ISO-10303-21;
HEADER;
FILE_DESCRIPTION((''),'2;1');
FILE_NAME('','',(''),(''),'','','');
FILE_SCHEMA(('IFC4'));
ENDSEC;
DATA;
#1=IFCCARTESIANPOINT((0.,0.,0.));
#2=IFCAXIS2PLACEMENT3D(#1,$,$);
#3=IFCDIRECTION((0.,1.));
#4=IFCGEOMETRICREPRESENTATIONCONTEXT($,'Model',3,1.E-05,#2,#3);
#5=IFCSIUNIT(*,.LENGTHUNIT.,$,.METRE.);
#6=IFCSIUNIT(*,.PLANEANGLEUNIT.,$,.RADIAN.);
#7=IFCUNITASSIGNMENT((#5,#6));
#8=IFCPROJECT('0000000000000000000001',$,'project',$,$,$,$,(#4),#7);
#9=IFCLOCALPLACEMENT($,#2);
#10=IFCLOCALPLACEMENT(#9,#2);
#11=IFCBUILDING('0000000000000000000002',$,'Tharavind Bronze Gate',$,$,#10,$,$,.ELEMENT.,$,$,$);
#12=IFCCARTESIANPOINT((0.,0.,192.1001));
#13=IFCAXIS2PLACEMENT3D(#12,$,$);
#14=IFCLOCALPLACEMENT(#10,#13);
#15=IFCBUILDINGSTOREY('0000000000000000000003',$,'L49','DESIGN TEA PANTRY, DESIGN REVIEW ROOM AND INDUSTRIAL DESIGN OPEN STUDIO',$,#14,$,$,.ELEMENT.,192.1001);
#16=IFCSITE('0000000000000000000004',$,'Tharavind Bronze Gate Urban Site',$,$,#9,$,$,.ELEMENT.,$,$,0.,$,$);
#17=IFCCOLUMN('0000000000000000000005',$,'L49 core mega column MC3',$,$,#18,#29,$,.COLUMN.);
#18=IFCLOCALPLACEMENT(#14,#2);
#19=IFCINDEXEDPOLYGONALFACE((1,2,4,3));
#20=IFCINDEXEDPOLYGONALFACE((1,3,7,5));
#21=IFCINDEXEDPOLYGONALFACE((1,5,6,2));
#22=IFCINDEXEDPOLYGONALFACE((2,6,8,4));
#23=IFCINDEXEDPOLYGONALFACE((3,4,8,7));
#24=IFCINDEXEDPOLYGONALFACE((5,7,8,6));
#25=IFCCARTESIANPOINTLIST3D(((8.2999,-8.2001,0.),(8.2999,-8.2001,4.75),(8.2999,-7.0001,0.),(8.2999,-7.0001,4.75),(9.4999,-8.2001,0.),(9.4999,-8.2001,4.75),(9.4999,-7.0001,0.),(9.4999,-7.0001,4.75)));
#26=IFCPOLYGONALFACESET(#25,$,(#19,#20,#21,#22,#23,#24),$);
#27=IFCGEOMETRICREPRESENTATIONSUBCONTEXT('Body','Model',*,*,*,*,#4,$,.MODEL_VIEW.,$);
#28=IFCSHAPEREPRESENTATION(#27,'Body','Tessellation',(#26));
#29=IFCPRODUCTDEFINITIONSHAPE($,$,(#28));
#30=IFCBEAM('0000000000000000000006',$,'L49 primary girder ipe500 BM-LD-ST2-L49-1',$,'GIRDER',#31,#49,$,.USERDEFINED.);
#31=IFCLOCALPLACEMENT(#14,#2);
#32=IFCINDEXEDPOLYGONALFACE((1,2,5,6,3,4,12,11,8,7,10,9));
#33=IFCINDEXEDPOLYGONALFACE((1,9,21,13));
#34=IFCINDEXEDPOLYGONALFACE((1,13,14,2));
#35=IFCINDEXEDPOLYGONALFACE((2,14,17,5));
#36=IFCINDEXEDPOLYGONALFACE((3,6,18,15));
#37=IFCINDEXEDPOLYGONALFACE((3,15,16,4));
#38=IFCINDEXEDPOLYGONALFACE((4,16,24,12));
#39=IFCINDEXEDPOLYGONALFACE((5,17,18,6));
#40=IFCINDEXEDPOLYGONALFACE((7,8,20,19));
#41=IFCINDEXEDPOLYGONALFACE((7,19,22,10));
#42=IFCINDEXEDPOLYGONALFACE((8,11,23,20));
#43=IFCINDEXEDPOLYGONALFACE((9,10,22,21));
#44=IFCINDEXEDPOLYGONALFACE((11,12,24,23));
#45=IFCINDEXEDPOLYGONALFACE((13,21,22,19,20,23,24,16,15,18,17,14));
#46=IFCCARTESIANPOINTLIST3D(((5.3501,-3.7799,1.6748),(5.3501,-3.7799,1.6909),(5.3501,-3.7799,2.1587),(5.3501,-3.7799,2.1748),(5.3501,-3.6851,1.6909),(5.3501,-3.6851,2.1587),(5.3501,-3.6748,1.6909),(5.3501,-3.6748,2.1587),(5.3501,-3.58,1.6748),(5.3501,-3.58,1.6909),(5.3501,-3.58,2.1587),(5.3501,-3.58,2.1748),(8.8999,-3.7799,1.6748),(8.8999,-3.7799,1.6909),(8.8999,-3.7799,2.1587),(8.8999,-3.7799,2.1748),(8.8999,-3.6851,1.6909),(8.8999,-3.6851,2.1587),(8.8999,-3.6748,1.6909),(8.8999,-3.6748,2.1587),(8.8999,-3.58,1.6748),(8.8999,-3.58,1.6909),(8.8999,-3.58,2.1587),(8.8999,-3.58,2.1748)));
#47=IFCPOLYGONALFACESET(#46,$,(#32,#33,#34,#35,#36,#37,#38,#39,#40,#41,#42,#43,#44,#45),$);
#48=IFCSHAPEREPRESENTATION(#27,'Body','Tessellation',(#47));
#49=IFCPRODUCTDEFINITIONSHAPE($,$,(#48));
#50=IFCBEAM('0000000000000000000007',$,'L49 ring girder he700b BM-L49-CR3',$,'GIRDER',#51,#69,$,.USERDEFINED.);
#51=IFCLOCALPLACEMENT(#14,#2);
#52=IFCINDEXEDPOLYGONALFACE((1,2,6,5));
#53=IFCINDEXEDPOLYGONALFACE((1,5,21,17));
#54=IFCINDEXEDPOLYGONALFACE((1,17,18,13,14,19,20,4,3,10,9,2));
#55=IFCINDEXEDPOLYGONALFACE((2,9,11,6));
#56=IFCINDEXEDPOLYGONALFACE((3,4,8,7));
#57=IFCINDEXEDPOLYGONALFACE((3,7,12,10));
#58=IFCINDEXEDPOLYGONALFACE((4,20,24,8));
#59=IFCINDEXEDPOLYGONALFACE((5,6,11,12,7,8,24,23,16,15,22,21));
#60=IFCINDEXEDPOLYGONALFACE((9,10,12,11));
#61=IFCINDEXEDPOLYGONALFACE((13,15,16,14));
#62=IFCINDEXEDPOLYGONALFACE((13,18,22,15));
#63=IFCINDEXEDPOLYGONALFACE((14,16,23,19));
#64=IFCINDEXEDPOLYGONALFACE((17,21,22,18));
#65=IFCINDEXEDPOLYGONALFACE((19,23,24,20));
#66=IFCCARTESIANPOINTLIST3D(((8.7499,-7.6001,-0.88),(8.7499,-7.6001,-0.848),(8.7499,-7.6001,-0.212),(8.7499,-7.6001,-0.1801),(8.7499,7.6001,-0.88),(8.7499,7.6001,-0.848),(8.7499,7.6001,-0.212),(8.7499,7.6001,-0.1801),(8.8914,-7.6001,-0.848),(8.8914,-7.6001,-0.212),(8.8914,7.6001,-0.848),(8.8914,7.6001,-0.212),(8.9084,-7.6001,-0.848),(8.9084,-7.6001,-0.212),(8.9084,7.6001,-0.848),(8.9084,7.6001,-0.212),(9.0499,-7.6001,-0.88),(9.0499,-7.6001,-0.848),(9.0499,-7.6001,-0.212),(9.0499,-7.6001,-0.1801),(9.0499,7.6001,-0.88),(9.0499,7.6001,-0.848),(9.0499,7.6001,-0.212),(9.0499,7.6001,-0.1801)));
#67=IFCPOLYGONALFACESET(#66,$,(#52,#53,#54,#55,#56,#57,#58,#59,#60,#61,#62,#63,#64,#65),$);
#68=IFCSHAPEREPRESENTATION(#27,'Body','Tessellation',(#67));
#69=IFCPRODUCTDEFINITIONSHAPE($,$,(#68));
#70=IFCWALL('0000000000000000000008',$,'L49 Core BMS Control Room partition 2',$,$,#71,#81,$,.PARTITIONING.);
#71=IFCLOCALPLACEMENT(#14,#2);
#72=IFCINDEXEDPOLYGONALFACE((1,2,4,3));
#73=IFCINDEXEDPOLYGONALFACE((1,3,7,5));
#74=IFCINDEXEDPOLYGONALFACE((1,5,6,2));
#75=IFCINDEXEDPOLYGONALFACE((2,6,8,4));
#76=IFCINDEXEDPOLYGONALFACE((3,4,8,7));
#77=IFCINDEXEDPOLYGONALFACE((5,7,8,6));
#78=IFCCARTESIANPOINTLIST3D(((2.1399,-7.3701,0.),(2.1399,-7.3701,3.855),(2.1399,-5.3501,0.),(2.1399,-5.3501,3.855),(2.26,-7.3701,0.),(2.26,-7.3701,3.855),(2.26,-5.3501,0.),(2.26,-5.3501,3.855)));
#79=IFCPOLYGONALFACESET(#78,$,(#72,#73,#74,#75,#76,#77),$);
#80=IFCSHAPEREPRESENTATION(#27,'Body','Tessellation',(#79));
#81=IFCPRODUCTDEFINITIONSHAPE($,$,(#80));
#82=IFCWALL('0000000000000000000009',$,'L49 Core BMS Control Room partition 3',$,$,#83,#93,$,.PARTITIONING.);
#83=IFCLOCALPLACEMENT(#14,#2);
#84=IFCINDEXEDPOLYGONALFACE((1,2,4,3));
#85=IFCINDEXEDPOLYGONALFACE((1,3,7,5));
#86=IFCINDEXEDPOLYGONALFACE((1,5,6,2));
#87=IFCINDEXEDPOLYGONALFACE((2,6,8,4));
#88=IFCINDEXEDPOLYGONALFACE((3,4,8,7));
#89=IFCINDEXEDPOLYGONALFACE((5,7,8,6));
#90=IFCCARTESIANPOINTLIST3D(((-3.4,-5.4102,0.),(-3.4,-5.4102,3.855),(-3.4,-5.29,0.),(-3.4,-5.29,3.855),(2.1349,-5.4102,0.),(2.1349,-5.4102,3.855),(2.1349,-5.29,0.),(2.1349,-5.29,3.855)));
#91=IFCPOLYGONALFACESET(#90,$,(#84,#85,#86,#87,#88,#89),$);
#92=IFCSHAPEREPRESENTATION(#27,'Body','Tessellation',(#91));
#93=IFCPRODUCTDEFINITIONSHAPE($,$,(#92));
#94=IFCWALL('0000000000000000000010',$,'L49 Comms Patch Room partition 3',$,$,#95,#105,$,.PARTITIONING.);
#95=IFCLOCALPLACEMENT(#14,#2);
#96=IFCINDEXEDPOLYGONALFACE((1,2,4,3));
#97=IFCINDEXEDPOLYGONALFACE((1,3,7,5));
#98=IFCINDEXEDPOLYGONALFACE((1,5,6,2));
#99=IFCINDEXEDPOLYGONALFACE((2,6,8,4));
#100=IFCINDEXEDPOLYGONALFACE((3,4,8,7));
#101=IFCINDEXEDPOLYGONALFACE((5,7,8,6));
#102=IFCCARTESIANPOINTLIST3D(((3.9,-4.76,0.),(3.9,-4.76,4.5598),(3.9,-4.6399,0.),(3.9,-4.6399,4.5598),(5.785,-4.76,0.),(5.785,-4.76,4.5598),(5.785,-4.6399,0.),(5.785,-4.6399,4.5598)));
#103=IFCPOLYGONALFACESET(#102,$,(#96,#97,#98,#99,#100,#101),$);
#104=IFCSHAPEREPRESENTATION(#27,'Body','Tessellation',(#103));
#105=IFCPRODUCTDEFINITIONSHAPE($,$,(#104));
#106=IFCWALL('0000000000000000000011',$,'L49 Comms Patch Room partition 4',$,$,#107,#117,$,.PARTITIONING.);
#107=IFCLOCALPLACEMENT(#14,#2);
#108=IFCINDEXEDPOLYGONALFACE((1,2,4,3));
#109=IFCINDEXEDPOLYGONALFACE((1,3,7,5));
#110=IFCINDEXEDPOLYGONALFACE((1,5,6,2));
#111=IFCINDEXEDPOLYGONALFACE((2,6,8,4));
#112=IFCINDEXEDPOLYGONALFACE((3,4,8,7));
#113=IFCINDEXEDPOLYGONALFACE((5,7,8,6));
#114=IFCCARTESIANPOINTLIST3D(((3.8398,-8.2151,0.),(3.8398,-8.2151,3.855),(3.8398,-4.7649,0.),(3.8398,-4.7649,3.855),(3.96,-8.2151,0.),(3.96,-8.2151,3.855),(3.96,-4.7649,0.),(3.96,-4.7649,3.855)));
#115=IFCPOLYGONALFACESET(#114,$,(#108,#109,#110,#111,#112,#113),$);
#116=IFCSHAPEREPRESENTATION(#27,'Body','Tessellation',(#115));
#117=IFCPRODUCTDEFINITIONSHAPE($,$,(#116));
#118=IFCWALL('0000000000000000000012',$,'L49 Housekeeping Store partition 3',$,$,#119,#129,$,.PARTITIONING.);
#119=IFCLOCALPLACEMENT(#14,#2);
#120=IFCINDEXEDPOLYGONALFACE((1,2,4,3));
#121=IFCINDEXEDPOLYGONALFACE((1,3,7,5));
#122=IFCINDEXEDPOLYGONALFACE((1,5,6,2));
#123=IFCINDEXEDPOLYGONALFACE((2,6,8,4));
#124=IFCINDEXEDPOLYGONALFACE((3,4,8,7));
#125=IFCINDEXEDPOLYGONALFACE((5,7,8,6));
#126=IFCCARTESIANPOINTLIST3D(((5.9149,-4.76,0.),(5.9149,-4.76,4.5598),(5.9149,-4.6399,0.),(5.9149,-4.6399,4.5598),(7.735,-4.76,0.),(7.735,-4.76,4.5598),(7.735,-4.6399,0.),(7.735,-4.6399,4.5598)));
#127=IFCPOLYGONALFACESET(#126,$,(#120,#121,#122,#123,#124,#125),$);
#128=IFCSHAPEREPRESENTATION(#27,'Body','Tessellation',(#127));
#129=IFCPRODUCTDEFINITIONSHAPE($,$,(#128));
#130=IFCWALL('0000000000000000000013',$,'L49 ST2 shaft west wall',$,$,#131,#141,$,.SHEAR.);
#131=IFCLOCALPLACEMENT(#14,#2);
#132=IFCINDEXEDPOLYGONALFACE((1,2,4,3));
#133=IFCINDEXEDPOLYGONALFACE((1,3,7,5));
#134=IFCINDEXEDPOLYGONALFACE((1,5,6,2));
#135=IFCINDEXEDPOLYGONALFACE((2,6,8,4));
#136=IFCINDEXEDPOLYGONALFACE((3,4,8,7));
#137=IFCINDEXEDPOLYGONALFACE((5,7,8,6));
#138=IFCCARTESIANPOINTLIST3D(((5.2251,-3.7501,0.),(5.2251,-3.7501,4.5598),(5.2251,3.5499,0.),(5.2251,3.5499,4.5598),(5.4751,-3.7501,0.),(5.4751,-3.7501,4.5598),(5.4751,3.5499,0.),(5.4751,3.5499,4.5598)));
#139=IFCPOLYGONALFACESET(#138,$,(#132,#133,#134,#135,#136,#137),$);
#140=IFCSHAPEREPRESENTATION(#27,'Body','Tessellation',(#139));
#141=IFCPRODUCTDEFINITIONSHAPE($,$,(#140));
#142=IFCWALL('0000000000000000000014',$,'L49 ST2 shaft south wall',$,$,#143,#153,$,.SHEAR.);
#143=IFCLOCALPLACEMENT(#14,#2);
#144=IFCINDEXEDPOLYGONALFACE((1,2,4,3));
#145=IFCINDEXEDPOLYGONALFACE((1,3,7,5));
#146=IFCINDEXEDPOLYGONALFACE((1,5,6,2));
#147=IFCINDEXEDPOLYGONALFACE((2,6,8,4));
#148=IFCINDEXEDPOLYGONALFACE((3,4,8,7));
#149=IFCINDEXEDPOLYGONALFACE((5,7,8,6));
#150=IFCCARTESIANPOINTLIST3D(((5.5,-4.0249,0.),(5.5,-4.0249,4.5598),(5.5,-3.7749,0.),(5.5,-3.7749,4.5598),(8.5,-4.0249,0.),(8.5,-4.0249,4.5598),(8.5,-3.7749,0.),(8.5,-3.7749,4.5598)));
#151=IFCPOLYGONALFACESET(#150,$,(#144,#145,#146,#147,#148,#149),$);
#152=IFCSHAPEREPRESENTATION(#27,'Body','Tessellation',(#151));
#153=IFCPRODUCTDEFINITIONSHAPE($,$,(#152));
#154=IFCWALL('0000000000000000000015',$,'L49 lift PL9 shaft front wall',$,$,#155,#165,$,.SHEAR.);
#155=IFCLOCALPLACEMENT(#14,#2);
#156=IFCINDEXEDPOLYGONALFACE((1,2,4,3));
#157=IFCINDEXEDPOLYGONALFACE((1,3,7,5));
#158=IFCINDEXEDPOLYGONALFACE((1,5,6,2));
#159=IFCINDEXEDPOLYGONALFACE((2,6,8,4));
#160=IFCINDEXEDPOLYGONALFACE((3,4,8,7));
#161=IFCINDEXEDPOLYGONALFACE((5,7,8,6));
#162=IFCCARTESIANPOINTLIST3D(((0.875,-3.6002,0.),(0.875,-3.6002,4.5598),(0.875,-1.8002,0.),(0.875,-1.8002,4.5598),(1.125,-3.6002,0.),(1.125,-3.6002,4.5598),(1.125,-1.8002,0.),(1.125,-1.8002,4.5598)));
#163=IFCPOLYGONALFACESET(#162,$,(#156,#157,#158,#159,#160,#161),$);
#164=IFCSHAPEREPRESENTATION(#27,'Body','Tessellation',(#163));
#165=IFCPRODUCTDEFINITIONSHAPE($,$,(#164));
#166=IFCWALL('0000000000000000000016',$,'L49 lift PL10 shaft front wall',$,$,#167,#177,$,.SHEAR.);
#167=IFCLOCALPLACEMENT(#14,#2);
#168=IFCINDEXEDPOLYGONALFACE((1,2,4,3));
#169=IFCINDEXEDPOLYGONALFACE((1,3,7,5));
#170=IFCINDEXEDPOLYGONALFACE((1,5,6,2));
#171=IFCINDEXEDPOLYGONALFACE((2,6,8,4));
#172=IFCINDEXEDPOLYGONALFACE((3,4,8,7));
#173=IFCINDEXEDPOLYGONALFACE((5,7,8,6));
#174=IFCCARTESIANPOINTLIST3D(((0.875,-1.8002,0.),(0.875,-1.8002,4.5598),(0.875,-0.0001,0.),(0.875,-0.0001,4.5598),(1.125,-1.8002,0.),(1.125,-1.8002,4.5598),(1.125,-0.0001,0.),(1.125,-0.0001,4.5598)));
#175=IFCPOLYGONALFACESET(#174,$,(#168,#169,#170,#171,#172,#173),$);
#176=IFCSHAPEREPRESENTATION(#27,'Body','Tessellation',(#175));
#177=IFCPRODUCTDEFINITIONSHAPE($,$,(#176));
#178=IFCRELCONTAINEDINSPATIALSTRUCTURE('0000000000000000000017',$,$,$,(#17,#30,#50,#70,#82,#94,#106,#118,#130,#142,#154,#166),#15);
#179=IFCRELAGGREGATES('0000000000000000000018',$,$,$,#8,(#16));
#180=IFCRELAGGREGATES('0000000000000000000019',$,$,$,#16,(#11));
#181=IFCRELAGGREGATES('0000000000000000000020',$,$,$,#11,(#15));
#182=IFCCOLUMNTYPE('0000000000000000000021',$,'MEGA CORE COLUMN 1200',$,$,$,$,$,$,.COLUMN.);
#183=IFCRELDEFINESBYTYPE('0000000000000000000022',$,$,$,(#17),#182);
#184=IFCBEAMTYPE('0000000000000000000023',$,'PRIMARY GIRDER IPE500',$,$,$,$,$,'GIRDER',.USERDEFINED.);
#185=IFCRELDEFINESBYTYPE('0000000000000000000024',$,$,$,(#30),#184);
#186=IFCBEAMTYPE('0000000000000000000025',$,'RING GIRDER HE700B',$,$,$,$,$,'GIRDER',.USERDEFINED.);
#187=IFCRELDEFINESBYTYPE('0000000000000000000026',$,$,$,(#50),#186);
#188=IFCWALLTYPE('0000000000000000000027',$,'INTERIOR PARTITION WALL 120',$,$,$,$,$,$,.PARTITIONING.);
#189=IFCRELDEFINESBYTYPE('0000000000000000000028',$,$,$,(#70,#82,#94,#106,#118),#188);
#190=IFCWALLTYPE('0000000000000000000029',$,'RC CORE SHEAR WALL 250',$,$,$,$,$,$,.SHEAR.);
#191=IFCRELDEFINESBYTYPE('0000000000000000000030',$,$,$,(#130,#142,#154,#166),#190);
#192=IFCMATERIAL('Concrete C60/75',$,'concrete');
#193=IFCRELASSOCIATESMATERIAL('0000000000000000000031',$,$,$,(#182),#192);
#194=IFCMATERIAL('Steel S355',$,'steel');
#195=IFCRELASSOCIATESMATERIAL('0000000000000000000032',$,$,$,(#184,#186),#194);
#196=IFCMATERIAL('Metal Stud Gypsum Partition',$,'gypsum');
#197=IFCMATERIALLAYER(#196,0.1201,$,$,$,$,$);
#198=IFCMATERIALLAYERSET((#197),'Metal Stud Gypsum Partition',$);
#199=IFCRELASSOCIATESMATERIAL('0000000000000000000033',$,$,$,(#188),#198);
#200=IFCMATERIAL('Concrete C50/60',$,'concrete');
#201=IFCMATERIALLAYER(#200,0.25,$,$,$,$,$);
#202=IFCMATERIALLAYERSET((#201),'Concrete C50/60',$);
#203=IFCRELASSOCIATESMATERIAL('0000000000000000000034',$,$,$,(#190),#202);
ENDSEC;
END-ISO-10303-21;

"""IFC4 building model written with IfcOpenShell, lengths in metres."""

from ifc_helpers import new_model, si_unit, direction, frame, frame_2d, origin, origin_2d, place, context, subcontext, project, spatial, rectangle, i_section, extrude, material, layer, layer_set, material_profile, profile_set, type_object, element, save


model = new_model("IFC4")

# Units and contexts
model_context = context("Model", 3, precision=1e-05, world=origin(), true_north=direction((0.0, 1.0)))
body_context = subcontext(model_context, "Body", "Model", "MODEL_VIEW")
ifc_project = project(units=[si_unit("LENGTHUNIT", "METRE"), si_unit("PLANEANGLEUNIT", "RADIAN")], contexts=[model_context])

# Site, building, storey
site_placement = place(None, origin())
site = spatial("IfcSite", under=ifc_project, at=site_placement, Name="Tharavind Bronze Gate Urban Site", CompositionType="ELEMENT", RefElevation=0.0)
building_placement = place(site_placement, origin())
building = spatial("IfcBuilding", under=site, at=building_placement, Name="Tharavind Bronze Gate", CompositionType="ELEMENT")
storey_placement = place(building_placement, frame((0.0, 0.0, 192.1001)))
storey = spatial("IfcBuildingStorey", under=building, at=storey_placement, Name="L49", Description="DESIGN TEA PANTRY, DESIGN REVIEW ROOM AND INDUSTRIAL DESIGN OPEN STUDIO", CompositionType="ELEMENT", Elevation=192.1001)

# Column
ifc_material_1 = material(Name="Concrete C60/75", Category="concrete")
ifc_material_profile_1 = material_profile(ifc_material_1, rectangle(XDim=1.2, YDim=1.2, at=origin_2d()), Name="RCCOL1200")
ifc_profile_set_1 = profile_set([ifc_material_profile_1], Name="Concrete C60/75")
column_type = type_object("IfcColumnType", Name="MEGA CORE COLUMN 1200", PredefinedType="COLUMN", material=ifc_profile_set_1)
column_placement = place(storey_placement, frame((8.8999, -7.6001, 0.0), z_axis=(0.0, 0.0, 1.0), x_axis=(1.0, 0.0, 0.0)))
element("IfcColumn", 1, at=column_placement, inside=storey, type_object=column_type, Name="L49 core mega column MC3", PredefinedType="COLUMN", context=body_context, shape_type="SweptSolid", body=[
    extrude(rectangle(XDim=1.2, YDim=1.2, at=origin_2d()), origin(), (0.0, 0.0, 1.0), 4.75),
])

# Beams
ifc_material_2 = material(Name="Steel S355", Category="steel")
ifc_material_profile_2 = material_profile(ifc_material_2, i_section(OverallWidth=0.2, OverallDepth=0.5, WebThickness=0.0103, FlangeThickness=0.0161, at=origin_2d()), Name="IPE500")
ifc_profile_set_2 = profile_set([ifc_material_profile_2], Name="Steel S355")
beam_type_1 = type_object("IfcBeamType", Name="PRIMARY GIRDER IPE500", ElementType="GIRDER", PredefinedType="USERDEFINED", material=ifc_profile_set_2)
beam_1_placement = place(storey_placement, frame((5.3501, -3.6799, 1.9248), z_axis=(1.0, 0.0, 0.0), x_axis=(0.0, 1.0, 0.0)))
element("IfcBeam", 2, at=beam_1_placement, inside=storey, type_object=beam_type_1, Name="L49 primary girder ipe500 BM-LD-ST2-L49-1", ObjectType="GIRDER", PredefinedType="USERDEFINED", context=body_context, shape_type="SweptSolid", body=[
    extrude(i_section(OverallWidth=0.2, OverallDepth=0.5, WebThickness=0.0103, FlangeThickness=0.0161, at=origin_2d()), origin(), (0.0, 0.0, 1.0), 3.5498),
])
ifc_material_profile_3 = material_profile(ifc_material_2, i_section(OverallWidth=0.3, OverallDepth=0.7, WebThickness=0.0171, FlangeThickness=0.032, at=origin_2d()), Name="HE700B")
ifc_profile_set_3 = profile_set([ifc_material_profile_3], Name="Steel S355")
beam_type_2 = type_object("IfcBeamType", Name="RING GIRDER HE700B", ElementType="GIRDER", PredefinedType="USERDEFINED", material=ifc_profile_set_3)
beam_2_placement = place(storey_placement, frame((8.8999, -7.6001, -0.53), z_axis=(0.0, 1.0, 0.0), x_axis=(-1.0, 0.0, 0.0)))
element("IfcBeam", 3, at=beam_2_placement, inside=storey, type_object=beam_type_2, Name="L49 ring girder he700b BM-L49-CR3", ObjectType="GIRDER", PredefinedType="USERDEFINED", context=body_context, shape_type="SweptSolid", body=[
    extrude(i_section(OverallWidth=0.3, OverallDepth=0.7, WebThickness=0.0171, FlangeThickness=0.032, at=origin_2d()), origin(), (0.0, 0.0, 1.0), 15.2002),
])

# Walls
ifc_material_3 = material(Name="Metal Stud Gypsum Partition", Category="gypsum")
ifc_layer_1 = layer(ifc_material_3, 0.1201)
ifc_layer_set_1 = layer_set([ifc_layer_1], Name="Metal Stud Gypsum Partition")
wall_type_1 = type_object("IfcWallType", Name="INTERIOR PARTITION WALL 120", PredefinedType="PARTITIONING", material=ifc_layer_set_1)
wall_1_placement = place(storey_placement, frame((2.2, -7.3701, 0.0), z_axis=(0.0, 0.0, 1.0), x_axis=(0.0, 1.0, 0.0)))
element("IfcWall", 4, at=wall_1_placement, inside=storey, type_object=wall_type_1, Name="L49 Core BMS Control Room partition 2", PredefinedType="PARTITIONING", context=body_context, shape_type="SweptSolid", body=[
    extrude(rectangle(XDim=2.02, YDim=0.1201, at=frame_2d((1.01, 0.0))), origin(), (0.0, 0.0, 1.0), 3.855),
])
wall_2_placement = place(storey_placement, frame((2.135, -5.3501, 0.0), z_axis=(0.0, 0.0, 1.0), x_axis=(-1.0, 0.0, 0.0)))
element("IfcWall", 5, at=wall_2_placement, inside=storey, type_object=wall_type_1, Name="L49 Core BMS Control Room partition 3", PredefinedType="PARTITIONING", context=body_context, shape_type="SweptSolid", body=[
    extrude(rectangle(XDim=5.5349, YDim=0.1201, at=frame_2d((2.7676, 0.0))), origin(), (0.0, 0.0, 1.0), 3.855),
])
wall_3_placement = place(storey_placement, frame((5.7849, -4.7, 0.0), z_axis=(0.0, 0.0, 1.0), x_axis=(-1.0, 0.0, 0.0)))
element("IfcWall", 6, at=wall_3_placement, inside=storey, type_object=wall_type_1, Name="L49 Comms Patch Room partition 3", PredefinedType="PARTITIONING", context=body_context, shape_type="SweptSolid", body=[
    extrude(rectangle(XDim=1.885, YDim=0.1201, at=frame_2d((0.9424, 0.0))), origin(), (0.0, 0.0, 1.0), 4.5598),
])
wall_4_placement = place(storey_placement, frame((3.8999, -4.7649, 0.0), z_axis=(0.0, 0.0, 1.0), x_axis=(0.0, -1.0, 0.0)))
element("IfcWall", 7, at=wall_4_placement, inside=storey, type_object=wall_type_1, Name="L49 Comms Patch Room partition 4", PredefinedType="PARTITIONING", context=body_context, shape_type="SweptSolid", body=[
    extrude(rectangle(XDim=3.4502, YDim=0.1201, at=frame_2d((1.7251, 0.0))), origin(), (0.0, 0.0, 1.0), 3.855),
])
wall_5_placement = place(storey_placement, frame((7.7351, -4.7, 0.0), z_axis=(0.0, 0.0, 1.0), x_axis=(-1.0, 0.0, 0.0)))
element("IfcWall", 8, at=wall_5_placement, inside=storey, type_object=wall_type_1, Name="L49 Housekeeping Store partition 3", PredefinedType="PARTITIONING", context=body_context, shape_type="SweptSolid", body=[
    extrude(rectangle(XDim=1.8201, YDim=0.1201, at=frame_2d((0.9102, 0.0))), origin(), (0.0, 0.0, 1.0), 4.5598),
])
ifc_material_4 = material(Name="Concrete C50/60", Category="concrete")
ifc_layer_2 = layer(ifc_material_4, 0.25)
ifc_layer_set_2 = layer_set([ifc_layer_2], Name="Concrete C50/60")
wall_type_2 = type_object("IfcWallType", Name="RC CORE SHEAR WALL 250", PredefinedType="SHEAR", material=ifc_layer_set_2)
wall_6_placement = place(storey_placement, frame((5.3501, -3.75, 0.0), z_axis=(0.0, 0.0, 1.0), x_axis=(0.0, 1.0, 0.0)))
element("IfcWall", 9, at=wall_6_placement, inside=storey, type_object=wall_type_2, Name="L49 ST2 shaft west wall", PredefinedType="SHEAR", context=body_context, shape_type="SweptSolid", body=[
    extrude(rectangle(XDim=7.3, YDim=0.25, at=frame_2d((3.6499, 0.0))), origin(), (0.0, 0.0, 1.0), 4.5598),
])
wall_7_placement = place(storey_placement, frame((5.5, -3.8999, 0.0), z_axis=(0.0, 0.0, 1.0), x_axis=(1.0, 0.0, 0.0)))
element("IfcWall", 10, at=wall_7_placement, inside=storey, type_object=wall_type_2, Name="L49 ST2 shaft south wall", PredefinedType="SHEAR", context=body_context, shape_type="SweptSolid", body=[
    extrude(rectangle(XDim=3.0, YDim=0.25, at=frame_2d((1.5, 0.0))), origin(), (0.0, 0.0, 1.0), 4.5598),
])
for number, where, z_axis, x_axis, name in (
    (11, (1.0, -3.6001, 0.0), (0.0, 0.0, 1.0), (0.0, 1.0, 0.0), "L49 lift PL9 shaft front wall"),
    (12, (1.0, -1.8, 0.0), (0.0, 0.0, 1.0), (0.0, 1.0, 0.0), "L49 lift PL10 shaft front wall"),
):
    element("IfcWall", number, at=place(storey_placement, frame(where, z_axis=z_axis, x_axis=x_axis)), inside=storey, type_object=wall_type_2, Name=name, PredefinedType="SHEAR", context=body_context, shape_type="SweptSolid", body=[
        extrude(rectangle(XDim=1.8, YDim=0.25, at=frame_2d((0.8999, 0.0))), origin(), (0.0, 0.0, 1.0), 4.5598),
    ])

save(model, "model.ifc")
